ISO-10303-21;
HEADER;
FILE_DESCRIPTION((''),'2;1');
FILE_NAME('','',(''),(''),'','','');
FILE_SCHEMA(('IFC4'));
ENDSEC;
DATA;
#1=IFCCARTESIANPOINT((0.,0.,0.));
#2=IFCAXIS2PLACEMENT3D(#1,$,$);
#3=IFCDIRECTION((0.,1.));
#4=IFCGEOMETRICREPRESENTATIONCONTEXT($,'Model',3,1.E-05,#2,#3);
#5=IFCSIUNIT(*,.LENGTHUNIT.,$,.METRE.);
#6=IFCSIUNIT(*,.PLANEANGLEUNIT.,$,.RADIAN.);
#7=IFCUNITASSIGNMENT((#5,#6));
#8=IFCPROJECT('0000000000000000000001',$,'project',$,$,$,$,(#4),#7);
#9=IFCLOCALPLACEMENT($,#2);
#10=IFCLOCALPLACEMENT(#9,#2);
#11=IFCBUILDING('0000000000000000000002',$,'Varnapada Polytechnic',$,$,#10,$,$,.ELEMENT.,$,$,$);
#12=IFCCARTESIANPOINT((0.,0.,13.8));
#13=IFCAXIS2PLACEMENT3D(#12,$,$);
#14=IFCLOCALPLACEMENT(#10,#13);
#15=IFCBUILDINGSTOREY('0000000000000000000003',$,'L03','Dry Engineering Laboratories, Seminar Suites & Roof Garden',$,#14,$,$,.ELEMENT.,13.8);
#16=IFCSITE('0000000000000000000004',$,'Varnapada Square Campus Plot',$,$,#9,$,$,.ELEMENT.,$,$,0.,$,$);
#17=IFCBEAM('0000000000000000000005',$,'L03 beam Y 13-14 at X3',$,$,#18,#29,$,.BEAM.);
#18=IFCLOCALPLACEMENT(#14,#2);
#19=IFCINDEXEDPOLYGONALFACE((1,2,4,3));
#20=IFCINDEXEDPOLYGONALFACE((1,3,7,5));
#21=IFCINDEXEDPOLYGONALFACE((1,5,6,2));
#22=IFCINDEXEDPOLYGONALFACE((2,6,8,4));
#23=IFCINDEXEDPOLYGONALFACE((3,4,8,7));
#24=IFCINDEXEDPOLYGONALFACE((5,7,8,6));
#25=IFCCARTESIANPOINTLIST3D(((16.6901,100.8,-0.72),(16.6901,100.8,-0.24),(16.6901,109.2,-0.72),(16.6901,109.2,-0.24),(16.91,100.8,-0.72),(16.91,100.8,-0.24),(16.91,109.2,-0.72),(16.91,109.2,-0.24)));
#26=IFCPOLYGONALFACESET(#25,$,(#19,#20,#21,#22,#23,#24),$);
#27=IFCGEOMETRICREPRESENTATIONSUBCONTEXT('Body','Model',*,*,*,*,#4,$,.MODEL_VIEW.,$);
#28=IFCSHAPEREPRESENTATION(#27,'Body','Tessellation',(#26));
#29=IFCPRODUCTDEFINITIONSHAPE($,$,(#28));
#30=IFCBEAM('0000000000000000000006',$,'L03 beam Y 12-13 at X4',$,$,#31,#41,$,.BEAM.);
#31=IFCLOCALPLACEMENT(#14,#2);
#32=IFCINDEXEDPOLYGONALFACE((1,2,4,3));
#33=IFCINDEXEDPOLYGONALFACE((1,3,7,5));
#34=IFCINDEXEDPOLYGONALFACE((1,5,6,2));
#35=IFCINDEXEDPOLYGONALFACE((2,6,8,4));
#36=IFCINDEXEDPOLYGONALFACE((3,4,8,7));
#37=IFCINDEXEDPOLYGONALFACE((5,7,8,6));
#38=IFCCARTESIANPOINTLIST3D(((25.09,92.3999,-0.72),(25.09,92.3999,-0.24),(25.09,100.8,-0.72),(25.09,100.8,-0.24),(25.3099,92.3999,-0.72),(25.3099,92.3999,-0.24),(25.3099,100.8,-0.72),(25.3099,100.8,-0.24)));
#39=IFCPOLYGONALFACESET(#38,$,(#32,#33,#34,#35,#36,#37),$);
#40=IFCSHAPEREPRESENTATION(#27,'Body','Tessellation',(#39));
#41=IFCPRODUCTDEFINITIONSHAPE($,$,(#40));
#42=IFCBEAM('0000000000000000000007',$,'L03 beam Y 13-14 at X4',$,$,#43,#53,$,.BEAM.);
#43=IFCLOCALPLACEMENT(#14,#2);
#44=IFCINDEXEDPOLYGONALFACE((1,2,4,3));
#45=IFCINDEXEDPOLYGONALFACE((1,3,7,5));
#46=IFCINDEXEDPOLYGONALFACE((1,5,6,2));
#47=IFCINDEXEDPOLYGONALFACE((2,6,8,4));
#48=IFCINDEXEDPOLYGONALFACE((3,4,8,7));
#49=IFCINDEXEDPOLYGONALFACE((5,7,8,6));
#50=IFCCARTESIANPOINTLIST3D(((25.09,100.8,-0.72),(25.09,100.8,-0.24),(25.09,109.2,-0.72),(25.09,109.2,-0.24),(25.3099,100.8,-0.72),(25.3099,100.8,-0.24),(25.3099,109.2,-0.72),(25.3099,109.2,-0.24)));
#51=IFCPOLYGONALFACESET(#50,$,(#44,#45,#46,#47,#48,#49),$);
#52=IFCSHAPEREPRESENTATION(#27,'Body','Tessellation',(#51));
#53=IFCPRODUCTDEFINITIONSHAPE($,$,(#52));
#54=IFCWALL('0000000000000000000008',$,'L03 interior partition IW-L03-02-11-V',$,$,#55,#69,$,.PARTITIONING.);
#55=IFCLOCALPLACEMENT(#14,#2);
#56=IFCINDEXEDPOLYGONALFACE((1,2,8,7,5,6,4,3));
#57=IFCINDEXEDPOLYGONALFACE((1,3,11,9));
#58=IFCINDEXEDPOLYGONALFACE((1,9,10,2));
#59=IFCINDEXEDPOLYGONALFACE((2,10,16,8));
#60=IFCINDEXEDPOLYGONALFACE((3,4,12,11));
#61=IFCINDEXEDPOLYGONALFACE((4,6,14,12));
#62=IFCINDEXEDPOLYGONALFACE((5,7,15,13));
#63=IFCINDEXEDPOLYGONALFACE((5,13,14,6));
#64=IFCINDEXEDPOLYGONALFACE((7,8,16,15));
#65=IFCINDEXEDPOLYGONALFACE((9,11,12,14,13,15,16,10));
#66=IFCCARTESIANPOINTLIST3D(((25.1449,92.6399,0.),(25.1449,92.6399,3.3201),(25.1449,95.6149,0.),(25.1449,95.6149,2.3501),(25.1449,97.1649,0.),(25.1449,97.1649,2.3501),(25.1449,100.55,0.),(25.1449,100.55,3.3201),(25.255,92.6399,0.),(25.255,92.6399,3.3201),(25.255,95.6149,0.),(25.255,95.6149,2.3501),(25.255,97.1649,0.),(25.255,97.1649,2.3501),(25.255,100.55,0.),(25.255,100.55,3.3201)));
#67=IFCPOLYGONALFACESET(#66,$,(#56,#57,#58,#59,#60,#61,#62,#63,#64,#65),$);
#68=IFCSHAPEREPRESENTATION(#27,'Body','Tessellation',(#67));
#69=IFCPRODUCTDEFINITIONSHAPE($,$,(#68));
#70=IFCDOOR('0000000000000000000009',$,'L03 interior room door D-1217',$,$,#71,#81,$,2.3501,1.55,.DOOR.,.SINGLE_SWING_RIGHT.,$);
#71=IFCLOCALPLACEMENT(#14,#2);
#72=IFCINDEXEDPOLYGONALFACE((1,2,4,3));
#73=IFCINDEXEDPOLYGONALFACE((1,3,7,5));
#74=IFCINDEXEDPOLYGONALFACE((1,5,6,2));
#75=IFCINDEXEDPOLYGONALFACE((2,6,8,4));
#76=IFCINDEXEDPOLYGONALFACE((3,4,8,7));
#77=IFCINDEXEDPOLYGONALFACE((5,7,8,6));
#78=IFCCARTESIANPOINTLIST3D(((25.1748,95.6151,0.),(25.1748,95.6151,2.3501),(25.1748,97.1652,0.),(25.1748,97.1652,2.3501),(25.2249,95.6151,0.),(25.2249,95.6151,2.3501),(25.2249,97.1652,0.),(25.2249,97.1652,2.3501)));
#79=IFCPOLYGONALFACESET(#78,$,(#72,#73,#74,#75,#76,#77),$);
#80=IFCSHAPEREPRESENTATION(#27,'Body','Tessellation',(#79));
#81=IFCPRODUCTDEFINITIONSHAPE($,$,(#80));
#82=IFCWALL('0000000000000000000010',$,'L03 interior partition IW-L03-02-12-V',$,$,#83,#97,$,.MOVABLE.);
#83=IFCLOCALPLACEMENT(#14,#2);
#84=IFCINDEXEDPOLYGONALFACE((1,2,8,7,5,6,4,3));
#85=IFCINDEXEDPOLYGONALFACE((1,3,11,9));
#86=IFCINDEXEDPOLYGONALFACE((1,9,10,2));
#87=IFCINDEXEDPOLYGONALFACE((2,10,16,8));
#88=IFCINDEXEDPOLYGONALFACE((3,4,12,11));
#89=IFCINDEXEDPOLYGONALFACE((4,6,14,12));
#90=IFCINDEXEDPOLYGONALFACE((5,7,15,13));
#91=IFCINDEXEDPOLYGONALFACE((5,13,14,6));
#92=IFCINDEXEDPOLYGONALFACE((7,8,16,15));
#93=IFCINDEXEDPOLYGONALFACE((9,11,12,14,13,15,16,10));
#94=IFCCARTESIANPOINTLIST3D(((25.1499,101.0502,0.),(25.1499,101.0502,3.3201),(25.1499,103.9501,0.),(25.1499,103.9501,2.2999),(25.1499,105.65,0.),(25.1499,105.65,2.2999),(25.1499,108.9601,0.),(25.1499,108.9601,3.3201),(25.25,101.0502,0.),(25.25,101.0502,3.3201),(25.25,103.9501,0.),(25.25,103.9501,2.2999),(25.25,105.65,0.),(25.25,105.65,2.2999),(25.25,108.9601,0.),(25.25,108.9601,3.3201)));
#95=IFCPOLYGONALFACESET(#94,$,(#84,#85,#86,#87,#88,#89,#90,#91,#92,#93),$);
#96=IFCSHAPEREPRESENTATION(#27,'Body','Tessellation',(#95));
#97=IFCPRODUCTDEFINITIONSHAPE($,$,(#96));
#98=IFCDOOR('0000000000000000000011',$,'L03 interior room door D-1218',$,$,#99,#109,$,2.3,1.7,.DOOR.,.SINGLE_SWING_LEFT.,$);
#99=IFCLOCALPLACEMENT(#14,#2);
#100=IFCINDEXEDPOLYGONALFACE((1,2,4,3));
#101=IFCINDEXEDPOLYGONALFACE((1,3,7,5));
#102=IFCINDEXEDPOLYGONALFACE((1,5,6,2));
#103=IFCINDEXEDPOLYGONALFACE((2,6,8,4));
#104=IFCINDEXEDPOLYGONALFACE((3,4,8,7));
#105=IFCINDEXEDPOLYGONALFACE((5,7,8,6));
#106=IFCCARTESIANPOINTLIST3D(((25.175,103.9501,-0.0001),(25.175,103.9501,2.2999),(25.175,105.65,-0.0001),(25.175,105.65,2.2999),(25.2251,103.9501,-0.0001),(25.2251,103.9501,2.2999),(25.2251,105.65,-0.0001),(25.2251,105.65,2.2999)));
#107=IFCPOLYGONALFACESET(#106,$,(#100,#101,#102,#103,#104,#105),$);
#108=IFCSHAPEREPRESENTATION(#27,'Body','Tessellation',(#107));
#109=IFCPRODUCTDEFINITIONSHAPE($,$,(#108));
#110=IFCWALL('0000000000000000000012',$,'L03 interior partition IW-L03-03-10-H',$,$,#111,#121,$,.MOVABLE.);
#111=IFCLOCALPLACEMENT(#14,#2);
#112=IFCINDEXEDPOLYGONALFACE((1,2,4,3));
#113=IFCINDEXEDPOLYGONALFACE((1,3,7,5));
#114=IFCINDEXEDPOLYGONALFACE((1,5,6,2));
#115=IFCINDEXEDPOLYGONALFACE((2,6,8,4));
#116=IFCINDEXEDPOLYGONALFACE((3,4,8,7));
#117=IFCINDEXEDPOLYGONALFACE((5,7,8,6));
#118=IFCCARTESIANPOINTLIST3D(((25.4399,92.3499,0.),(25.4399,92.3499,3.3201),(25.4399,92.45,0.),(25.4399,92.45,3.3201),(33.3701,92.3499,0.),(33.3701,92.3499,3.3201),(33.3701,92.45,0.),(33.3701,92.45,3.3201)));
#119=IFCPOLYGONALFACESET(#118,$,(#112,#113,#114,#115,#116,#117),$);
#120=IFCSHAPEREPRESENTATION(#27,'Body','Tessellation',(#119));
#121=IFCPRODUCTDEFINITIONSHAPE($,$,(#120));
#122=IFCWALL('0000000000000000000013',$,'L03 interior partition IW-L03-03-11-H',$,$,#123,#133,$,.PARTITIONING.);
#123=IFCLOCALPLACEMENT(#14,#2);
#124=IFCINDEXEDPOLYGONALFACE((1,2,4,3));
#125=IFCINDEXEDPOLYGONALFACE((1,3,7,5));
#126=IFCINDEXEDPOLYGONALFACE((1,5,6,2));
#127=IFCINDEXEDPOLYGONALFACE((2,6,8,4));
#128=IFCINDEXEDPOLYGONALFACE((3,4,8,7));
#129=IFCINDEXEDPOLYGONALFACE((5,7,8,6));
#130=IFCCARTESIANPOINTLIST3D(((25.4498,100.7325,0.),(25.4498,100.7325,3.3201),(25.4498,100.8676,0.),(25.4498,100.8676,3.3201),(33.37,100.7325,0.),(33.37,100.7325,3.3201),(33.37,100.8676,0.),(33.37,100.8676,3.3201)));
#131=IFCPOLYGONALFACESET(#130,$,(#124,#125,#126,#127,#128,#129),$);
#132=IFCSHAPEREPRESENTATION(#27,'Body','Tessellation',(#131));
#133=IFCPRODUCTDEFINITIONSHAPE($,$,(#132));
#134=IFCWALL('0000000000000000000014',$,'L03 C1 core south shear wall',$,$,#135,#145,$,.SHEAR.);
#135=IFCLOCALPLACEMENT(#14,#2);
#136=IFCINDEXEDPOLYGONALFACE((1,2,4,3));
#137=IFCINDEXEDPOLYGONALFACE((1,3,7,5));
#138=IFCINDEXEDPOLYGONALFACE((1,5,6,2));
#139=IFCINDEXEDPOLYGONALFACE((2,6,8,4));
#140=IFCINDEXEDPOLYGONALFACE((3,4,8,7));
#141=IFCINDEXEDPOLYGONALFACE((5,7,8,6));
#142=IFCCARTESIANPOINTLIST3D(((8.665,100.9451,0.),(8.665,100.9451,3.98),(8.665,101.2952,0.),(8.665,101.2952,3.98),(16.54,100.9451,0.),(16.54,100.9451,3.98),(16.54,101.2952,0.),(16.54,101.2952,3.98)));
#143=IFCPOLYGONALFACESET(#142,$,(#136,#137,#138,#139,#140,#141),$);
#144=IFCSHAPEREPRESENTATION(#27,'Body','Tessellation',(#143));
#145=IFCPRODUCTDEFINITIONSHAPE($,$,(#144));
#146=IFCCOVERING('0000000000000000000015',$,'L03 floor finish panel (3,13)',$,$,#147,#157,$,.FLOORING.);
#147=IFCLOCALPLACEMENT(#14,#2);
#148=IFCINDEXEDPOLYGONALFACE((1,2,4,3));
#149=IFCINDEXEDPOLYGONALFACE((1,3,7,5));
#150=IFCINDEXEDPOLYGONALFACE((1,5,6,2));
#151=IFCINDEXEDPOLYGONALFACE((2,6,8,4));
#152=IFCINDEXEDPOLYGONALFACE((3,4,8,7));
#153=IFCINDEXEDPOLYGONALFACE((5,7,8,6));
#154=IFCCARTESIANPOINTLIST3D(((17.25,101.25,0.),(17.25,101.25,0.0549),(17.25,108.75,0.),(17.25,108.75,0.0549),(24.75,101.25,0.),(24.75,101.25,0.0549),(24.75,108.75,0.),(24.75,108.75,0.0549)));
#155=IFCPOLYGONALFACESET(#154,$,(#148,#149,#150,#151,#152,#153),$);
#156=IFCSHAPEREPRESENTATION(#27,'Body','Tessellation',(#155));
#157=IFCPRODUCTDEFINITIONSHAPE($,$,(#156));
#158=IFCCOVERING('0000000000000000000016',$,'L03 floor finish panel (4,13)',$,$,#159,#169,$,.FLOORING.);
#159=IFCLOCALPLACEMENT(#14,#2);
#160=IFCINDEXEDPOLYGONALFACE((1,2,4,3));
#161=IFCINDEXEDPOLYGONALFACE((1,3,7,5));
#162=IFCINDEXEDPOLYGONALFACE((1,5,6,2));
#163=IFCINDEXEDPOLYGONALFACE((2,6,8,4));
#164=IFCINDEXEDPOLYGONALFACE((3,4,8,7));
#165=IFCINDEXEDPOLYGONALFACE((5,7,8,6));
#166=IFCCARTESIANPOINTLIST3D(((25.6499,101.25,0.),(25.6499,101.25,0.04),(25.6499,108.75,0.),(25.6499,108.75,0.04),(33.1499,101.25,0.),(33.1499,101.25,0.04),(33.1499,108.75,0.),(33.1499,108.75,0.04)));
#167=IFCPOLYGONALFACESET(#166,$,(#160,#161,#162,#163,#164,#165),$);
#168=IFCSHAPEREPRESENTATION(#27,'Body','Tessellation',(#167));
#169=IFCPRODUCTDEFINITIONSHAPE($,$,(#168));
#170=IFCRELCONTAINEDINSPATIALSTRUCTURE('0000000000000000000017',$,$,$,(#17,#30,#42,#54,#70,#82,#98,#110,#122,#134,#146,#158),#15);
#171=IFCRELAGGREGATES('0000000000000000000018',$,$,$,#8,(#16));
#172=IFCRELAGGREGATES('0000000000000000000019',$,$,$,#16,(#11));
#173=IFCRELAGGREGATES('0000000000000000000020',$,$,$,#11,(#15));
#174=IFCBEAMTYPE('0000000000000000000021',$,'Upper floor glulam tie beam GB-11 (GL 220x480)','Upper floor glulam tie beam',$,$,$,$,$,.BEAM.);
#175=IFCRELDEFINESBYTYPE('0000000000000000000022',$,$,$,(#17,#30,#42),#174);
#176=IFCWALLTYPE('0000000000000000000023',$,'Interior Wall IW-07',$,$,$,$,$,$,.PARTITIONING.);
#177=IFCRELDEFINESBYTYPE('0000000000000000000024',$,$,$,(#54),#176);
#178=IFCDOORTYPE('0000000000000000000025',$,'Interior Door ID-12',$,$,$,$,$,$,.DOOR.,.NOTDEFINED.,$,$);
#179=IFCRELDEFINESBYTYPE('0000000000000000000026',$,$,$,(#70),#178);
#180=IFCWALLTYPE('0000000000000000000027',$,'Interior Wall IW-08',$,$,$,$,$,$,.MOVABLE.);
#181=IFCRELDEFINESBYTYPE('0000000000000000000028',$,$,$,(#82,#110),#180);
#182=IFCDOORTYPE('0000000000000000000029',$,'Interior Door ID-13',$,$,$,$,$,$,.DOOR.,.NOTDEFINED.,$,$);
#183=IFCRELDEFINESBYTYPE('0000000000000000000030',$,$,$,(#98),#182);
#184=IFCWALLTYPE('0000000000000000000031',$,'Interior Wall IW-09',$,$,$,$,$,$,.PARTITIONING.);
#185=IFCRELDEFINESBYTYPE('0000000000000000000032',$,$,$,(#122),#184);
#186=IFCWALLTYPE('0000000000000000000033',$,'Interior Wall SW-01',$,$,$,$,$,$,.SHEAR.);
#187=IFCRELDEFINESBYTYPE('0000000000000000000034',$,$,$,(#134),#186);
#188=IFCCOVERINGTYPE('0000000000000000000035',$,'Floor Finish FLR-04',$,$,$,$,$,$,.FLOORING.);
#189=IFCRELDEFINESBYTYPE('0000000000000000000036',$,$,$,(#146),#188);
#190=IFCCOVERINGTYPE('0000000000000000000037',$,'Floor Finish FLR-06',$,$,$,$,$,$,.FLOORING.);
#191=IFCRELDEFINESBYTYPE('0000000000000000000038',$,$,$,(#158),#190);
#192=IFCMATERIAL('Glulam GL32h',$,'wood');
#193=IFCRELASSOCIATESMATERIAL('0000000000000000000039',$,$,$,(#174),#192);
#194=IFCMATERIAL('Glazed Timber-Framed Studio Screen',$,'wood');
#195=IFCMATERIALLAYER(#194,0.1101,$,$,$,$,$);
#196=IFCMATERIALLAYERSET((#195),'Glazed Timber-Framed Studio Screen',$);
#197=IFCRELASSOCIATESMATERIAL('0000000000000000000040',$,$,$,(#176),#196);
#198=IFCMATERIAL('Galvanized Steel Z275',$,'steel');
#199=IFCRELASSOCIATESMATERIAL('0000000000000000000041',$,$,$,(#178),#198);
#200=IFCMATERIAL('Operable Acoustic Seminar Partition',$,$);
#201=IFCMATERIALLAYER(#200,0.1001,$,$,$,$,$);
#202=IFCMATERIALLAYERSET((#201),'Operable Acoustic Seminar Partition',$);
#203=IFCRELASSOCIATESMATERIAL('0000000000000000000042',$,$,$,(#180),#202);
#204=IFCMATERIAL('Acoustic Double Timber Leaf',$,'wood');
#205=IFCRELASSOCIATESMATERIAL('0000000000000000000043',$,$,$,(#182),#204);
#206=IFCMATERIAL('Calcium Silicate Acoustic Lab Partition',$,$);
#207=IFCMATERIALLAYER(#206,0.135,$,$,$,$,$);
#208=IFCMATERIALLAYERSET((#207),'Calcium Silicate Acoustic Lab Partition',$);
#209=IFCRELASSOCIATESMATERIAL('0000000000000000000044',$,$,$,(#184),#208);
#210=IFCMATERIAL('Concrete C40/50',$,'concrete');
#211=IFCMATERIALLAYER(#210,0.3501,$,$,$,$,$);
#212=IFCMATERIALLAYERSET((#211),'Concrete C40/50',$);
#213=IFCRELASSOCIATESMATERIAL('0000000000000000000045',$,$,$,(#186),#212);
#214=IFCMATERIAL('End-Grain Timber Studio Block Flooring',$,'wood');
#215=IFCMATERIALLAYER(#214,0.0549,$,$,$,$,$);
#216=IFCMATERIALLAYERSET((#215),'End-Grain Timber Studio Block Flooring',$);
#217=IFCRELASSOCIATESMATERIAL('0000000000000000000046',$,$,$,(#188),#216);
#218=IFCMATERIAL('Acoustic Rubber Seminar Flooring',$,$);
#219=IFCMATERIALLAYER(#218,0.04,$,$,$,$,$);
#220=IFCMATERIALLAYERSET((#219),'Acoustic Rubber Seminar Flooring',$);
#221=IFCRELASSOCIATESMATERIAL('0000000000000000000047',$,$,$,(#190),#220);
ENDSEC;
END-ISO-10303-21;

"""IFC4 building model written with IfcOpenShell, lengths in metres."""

from ifc_helpers import new_model, si_unit, direction, frame, frame_2d, origin, origin_2d, place, context, subcontext, project, spatial, rectangle, extrude, material, layer, layer_set, material_profile, profile_set, type_object, element, fill, save


model = new_model("IFC4")

# Units and contexts
model_context = context("Model", 3, precision=1e-05, world=origin(), true_north=direction((0.0, 1.0)))
body_context = subcontext(model_context, "Body", "Model", "MODEL_VIEW")
ifc_project = project(units=[si_unit("LENGTHUNIT", "METRE"), si_unit("PLANEANGLEUNIT", "RADIAN")], contexts=[model_context])

# Site, building, storey
site_placement = place(None, origin())
site = spatial("IfcSite", under=ifc_project, at=site_placement, Name="Varnapada Square Campus Plot", CompositionType="ELEMENT", RefElevation=0.0)
building_placement = place(site_placement, origin())
building = spatial("IfcBuilding", under=site, at=building_placement, Name="Varnapada Polytechnic", CompositionType="ELEMENT")
storey_placement = place(building_placement, frame((0.0, 0.0, 13.8)))
storey = spatial("IfcBuildingStorey", under=building, at=storey_placement, Name="L03", Description="Dry Engineering Laboratories, Seminar Suites & Roof Garden", CompositionType="ELEMENT", Elevation=13.8)

# Shared definitions
ifc_material_1 = material(Name="Glulam GL32h", Category="wood")

# Beams
ifc_material_profile_1 = material_profile(ifc_material_1, rectangle(XDim=0.22, YDim=0.48, at=origin_2d()), Name="GL 220x480")
ifc_profile_set_1 = profile_set([ifc_material_profile_1], Name="Glulam GL32h")
beam_type_1 = type_object("IfcBeamType", Name="Upper floor glulam tie beam GB-11 (GL 220x480)", Description="Upper floor glulam tie beam", PredefinedType="BEAM", material=ifc_profile_set_1)
beam_1_placement = place(storey_placement, frame((16.8, 100.8, -0.48), z_axis=(0.0, 1.0, 0.0), x_axis=(-1.0, 0.0, 0.0)))
element("IfcBeam", 1, at=beam_1_placement, inside=storey, type_object=beam_type_1, Name="L03 beam Y 13-14 at X3", PredefinedType="BEAM", context=body_context, shape_type="SweptSolid", body=[
    extrude(rectangle(XDim=0.22, YDim=0.48, at=origin_2d()), origin(), (0.0, 0.0, 1.0), 8.3999),
])
beam_2_placement = place(storey_placement, frame((25.2, 92.3999, -0.48), z_axis=(0.0, 1.0, 0.0), x_axis=(-1.0, 0.0, 0.0)))
element("IfcBeam", 2, at=beam_2_placement, inside=storey, type_object=beam_type_1, Name="L03 beam Y 12-13 at X4", PredefinedType="BEAM", context=body_context, shape_type="SweptSolid", body=[
    extrude(rectangle(XDim=0.22, YDim=0.48, at=origin_2d()), origin(), (0.0, 0.0, 1.0), 8.4001),
])
beam_3_placement = place(storey_placement, frame((25.2, 100.8, -0.48), z_axis=(0.0, 1.0, 0.0), x_axis=(-1.0, 0.0, 0.0)))
element("IfcBeam", 3, at=beam_3_placement, inside=storey, type_object=beam_type_1, Name="L03 beam Y 13-14 at X4", PredefinedType="BEAM", context=body_context, shape_type="SweptSolid", body=[
    extrude(rectangle(XDim=0.22, YDim=0.48, at=origin_2d()), origin(), (0.0, 0.0, 1.0), 8.3999),
])

# Walls, openings, doors
ifc_material_2 = material(Name="Glazed Timber-Framed Studio Screen", Category="wood")
ifc_layer_1 = layer(ifc_material_2, 0.1101)
ifc_layer_set_1 = layer_set([ifc_layer_1], Name="Glazed Timber-Framed Studio Screen")
wall_type_1 = type_object("IfcWallType", Name="Interior Wall IW-07", PredefinedType="PARTITIONING", material=ifc_layer_set_1)
wall_1_placement = place(storey_placement, frame((25.2, 92.6399, 0.0), z_axis=(0.0, 0.0, 1.0), x_axis=(0.0, 1.0, 0.0)))
wall_1 = element("IfcWall", 4, at=wall_1_placement, inside=storey, type_object=wall_type_1, Name="L03 interior partition IW-L03-02-11-V", PredefinedType="PARTITIONING", context=body_context, shape_type="SweptSolid", body=[
    extrude(rectangle(XDim=7.9102, YDim=0.1101, at=frame_2d((3.9551, 0.0))), origin(), (0.0, 0.0, 1.0), 3.3201),
])
opening_1_placement = place(wall_1_placement, frame((2.9751, 0.0, 0.0)))
opening_1 = element("IfcOpeningElement", 5, at=opening_1_placement, cuts=wall_1, PredefinedType="OPENING", context=body_context, shape_type="SweptSolid", body=[
    extrude(rectangle(XDim=1.55, YDim=2.3501, at=frame_2d((0.7749, 1.175))), frame((0.0, 0.0649, 0.0), z_axis=(0.0, -1.0, 0.0), x_axis=(1.0, 0.0, 0.0)), (0.0, 0.0, 1.0), 0.1301),
])
ifc_material_3 = material(Name="Galvanized Steel Z275", Category="steel")
door_type_1 = type_object("IfcDoorType", Name="Interior Door ID-12", OperationType="NOTDEFINED", PredefinedType="DOOR", material=ifc_material_3)
door_1_placement = place(opening_1_placement, frame((1.55, 0.0, 0.0), z_axis=(0.0, 0.0, 1.0), x_axis=(-1.0, 0.0, 0.0)))
door_1 = element("IfcDoor", 6, at=door_1_placement, inside=storey, type_object=door_type_1, Name="L03 interior room door D-1217", OperationType="SINGLE_SWING_RIGHT", OverallHeight=2.3501, OverallWidth=1.55, PredefinedType="DOOR", context=body_context, shape_type="SweptSolid", body=[
    extrude(rectangle(XDim=1.55, YDim=2.3501, at=frame_2d((0.7749, 1.175))), frame((0.0, 0.0249, 0.0), z_axis=(0.0, -1.0, 0.0), x_axis=(1.0, 0.0, 0.0)), (0.0, 0.0, 1.0), 0.05),
])
fill(opening_1, door_1)
ifc_material_4 = material(Name="Operable Acoustic Seminar Partition")
ifc_layer_2 = layer(ifc_material_4, 0.1001)
ifc_layer_set_2 = layer_set([ifc_layer_2], Name="Operable Acoustic Seminar Partition")
wall_type_2 = type_object("IfcWallType", Name="Interior Wall IW-08", PredefinedType="MOVABLE", material=ifc_layer_set_2)
wall_2_placement = place(storey_placement, frame((25.2, 101.05, 0.0), z_axis=(0.0, 0.0, 1.0), x_axis=(0.0, 1.0, 0.0)))
wall_2 = element("IfcWall", 7, at=wall_2_placement, inside=storey, type_object=wall_type_2, Name="L03 interior partition IW-L03-02-12-V", PredefinedType="MOVABLE", context=body_context, shape_type="SweptSolid", body=[
    extrude(rectangle(XDim=7.9099, YDim=0.1001, at=frame_2d((3.9551, 0.0))), origin(), (0.0, 0.0, 1.0), 3.3201),
])
opening_2_placement = place(wall_2_placement, frame((2.8999, 0.0, 0.0)))
opening_2 = element("IfcOpeningElement", 8, at=opening_2_placement, cuts=wall_2, PredefinedType="OPENING", context=body_context, shape_type="SweptSolid", body=[
    extrude(rectangle(XDim=1.7, YDim=2.3, at=frame_2d((0.8501, 1.1499))), frame((0.0, 0.0601, 0.0), z_axis=(0.0, -1.0, 0.0), x_axis=(1.0, 0.0, 0.0)), (0.0, 0.0, 1.0), 0.1201),
])
ifc_material_5 = material(Name="Acoustic Double Timber Leaf", Category="wood")
door_type_2 = type_object("IfcDoorType", Name="Interior Door ID-13", OperationType="NOTDEFINED", PredefinedType="DOOR", material=ifc_material_5)
door_2_placement = place(opening_2_placement, origin())
door_2 = element("IfcDoor", 9, at=door_2_placement, inside=storey, type_object=door_type_2, Name="L03 interior room door D-1218", OperationType="SINGLE_SWING_LEFT", OverallHeight=2.3, OverallWidth=1.7, PredefinedType="DOOR", context=body_context, shape_type="SweptSolid", body=[
    extrude(rectangle(XDim=1.7, YDim=2.3, at=frame_2d((0.8501, 1.1499))), frame((0.0, 0.0249, 0.0), z_axis=(0.0, -1.0, 0.0), x_axis=(1.0, 0.0, 0.0)), (0.0, 0.0, 1.0), 0.05),
])
fill(opening_2, door_2)

# Walls
wall_3_placement = place(storey_placement, frame((25.4399, 92.3999, 0.0), z_axis=(0.0, 0.0, 1.0), x_axis=(1.0, 0.0, 0.0)))
element("IfcWall", 10, at=wall_3_placement, inside=storey, type_object=wall_type_2, Name="L03 interior partition IW-L03-03-10-H", PredefinedType="MOVABLE", context=body_context, shape_type="SweptSolid", body=[
    extrude(rectangle(XDim=7.9302, YDim=0.1001, at=frame_2d((3.9651, 0.0))), origin(), (0.0, 0.0, 1.0), 3.3201),
])
ifc_material_6 = material(Name="Calcium Silicate Acoustic Lab Partition")
ifc_layer_3 = layer(ifc_material_6, 0.135)
ifc_layer_set_3 = layer_set([ifc_layer_3], Name="Calcium Silicate Acoustic Lab Partition")
wall_type_3 = type_object("IfcWallType", Name="Interior Wall IW-09", PredefinedType="PARTITIONING", material=ifc_layer_set_3)
wall_4_placement = place(storey_placement, frame((25.45, 100.8, 0.0), z_axis=(0.0, 0.0, 1.0), x_axis=(1.0, 0.0, 0.0)))
element("IfcWall", 11, at=wall_4_placement, inside=storey, type_object=wall_type_3, Name="L03 interior partition IW-L03-03-11-H", PredefinedType="PARTITIONING", context=body_context, shape_type="SweptSolid", body=[
    extrude(rectangle(XDim=7.9202, YDim=0.135, at=frame_2d((3.96, 0.0))), origin(), (0.0, 0.0, 1.0), 3.3201),
])
ifc_material_7 = material(Name="Concrete C40/50", Category="concrete")
ifc_layer_4 = layer(ifc_material_7, 0.3501)
ifc_layer_set_4 = layer_set([ifc_layer_4], Name="Concrete C40/50")
wall_type_4 = type_object("IfcWallType", Name="Interior Wall SW-01", PredefinedType="SHEAR", material=ifc_layer_set_4)
wall_5_placement = place(storey_placement, frame((16.54, 101.1201, 0.0), z_axis=(0.0, 0.0, 1.0), x_axis=(-1.0, 0.0, 0.0)))
element("IfcWall", 12, at=wall_5_placement, inside=storey, type_object=wall_type_4, Name="L03 C1 core south shear wall", PredefinedType="SHEAR", context=body_context, shape_type="SweptSolid", body=[
    extrude(rectangle(XDim=7.875, YDim=0.3501, at=frame_2d((3.9375, 0.0))), origin(), (0.0, 0.0, 1.0), 3.98),
])

# Coverings
ifc_material_8 = material(Name="End-Grain Timber Studio Block Flooring", Category="wood")
ifc_layer_5 = layer(ifc_material_8, 0.0549)
ifc_layer_set_5 = layer_set([ifc_layer_5], Name="End-Grain Timber Studio Block Flooring")
covering_type_1 = type_object("IfcCoveringType", Name="Floor Finish FLR-04", PredefinedType="FLOORING", material=ifc_layer_set_5)
covering_1_placement = place(storey_placement, frame((21.0, 105.0, 0.0), z_axis=(0.0, 0.0, 1.0), x_axis=(1.0, 0.0, 0.0)))
element("IfcCovering", 13, at=covering_1_placement, inside=storey, type_object=covering_type_1, Name="L03 floor finish panel (3,13)", PredefinedType="FLOORING", context=body_context, shape_type="SweptSolid", body=[
    extrude(rectangle(XDim=7.5, YDim=7.5, at=origin_2d()), origin(), (0.0, 0.0, 1.0), 0.0549),
])
ifc_material_9 = material(Name="Acoustic Rubber Seminar Flooring")
ifc_layer_6 = layer(ifc_material_9, 0.04)
ifc_layer_set_6 = layer_set([ifc_layer_6], Name="Acoustic Rubber Seminar Flooring")
covering_type_2 = type_object("IfcCoveringType", Name="Floor Finish FLR-06", PredefinedType="FLOORING", material=ifc_layer_set_6)
covering_2_placement = place(storey_placement, frame((29.3999, 105.0, 0.0), z_axis=(0.0, 0.0, 1.0), x_axis=(1.0, 0.0, 0.0)))
element("IfcCovering", 14, at=covering_2_placement, inside=storey, type_object=covering_type_2, Name="L03 floor finish panel (4,13)", PredefinedType="FLOORING", context=body_context, shape_type="SweptSolid", body=[
    extrude(rectangle(XDim=7.5, YDim=7.5, at=origin_2d()), origin(), (0.0, 0.0, 1.0), 0.04),
])

save(model, "model.ifc")
